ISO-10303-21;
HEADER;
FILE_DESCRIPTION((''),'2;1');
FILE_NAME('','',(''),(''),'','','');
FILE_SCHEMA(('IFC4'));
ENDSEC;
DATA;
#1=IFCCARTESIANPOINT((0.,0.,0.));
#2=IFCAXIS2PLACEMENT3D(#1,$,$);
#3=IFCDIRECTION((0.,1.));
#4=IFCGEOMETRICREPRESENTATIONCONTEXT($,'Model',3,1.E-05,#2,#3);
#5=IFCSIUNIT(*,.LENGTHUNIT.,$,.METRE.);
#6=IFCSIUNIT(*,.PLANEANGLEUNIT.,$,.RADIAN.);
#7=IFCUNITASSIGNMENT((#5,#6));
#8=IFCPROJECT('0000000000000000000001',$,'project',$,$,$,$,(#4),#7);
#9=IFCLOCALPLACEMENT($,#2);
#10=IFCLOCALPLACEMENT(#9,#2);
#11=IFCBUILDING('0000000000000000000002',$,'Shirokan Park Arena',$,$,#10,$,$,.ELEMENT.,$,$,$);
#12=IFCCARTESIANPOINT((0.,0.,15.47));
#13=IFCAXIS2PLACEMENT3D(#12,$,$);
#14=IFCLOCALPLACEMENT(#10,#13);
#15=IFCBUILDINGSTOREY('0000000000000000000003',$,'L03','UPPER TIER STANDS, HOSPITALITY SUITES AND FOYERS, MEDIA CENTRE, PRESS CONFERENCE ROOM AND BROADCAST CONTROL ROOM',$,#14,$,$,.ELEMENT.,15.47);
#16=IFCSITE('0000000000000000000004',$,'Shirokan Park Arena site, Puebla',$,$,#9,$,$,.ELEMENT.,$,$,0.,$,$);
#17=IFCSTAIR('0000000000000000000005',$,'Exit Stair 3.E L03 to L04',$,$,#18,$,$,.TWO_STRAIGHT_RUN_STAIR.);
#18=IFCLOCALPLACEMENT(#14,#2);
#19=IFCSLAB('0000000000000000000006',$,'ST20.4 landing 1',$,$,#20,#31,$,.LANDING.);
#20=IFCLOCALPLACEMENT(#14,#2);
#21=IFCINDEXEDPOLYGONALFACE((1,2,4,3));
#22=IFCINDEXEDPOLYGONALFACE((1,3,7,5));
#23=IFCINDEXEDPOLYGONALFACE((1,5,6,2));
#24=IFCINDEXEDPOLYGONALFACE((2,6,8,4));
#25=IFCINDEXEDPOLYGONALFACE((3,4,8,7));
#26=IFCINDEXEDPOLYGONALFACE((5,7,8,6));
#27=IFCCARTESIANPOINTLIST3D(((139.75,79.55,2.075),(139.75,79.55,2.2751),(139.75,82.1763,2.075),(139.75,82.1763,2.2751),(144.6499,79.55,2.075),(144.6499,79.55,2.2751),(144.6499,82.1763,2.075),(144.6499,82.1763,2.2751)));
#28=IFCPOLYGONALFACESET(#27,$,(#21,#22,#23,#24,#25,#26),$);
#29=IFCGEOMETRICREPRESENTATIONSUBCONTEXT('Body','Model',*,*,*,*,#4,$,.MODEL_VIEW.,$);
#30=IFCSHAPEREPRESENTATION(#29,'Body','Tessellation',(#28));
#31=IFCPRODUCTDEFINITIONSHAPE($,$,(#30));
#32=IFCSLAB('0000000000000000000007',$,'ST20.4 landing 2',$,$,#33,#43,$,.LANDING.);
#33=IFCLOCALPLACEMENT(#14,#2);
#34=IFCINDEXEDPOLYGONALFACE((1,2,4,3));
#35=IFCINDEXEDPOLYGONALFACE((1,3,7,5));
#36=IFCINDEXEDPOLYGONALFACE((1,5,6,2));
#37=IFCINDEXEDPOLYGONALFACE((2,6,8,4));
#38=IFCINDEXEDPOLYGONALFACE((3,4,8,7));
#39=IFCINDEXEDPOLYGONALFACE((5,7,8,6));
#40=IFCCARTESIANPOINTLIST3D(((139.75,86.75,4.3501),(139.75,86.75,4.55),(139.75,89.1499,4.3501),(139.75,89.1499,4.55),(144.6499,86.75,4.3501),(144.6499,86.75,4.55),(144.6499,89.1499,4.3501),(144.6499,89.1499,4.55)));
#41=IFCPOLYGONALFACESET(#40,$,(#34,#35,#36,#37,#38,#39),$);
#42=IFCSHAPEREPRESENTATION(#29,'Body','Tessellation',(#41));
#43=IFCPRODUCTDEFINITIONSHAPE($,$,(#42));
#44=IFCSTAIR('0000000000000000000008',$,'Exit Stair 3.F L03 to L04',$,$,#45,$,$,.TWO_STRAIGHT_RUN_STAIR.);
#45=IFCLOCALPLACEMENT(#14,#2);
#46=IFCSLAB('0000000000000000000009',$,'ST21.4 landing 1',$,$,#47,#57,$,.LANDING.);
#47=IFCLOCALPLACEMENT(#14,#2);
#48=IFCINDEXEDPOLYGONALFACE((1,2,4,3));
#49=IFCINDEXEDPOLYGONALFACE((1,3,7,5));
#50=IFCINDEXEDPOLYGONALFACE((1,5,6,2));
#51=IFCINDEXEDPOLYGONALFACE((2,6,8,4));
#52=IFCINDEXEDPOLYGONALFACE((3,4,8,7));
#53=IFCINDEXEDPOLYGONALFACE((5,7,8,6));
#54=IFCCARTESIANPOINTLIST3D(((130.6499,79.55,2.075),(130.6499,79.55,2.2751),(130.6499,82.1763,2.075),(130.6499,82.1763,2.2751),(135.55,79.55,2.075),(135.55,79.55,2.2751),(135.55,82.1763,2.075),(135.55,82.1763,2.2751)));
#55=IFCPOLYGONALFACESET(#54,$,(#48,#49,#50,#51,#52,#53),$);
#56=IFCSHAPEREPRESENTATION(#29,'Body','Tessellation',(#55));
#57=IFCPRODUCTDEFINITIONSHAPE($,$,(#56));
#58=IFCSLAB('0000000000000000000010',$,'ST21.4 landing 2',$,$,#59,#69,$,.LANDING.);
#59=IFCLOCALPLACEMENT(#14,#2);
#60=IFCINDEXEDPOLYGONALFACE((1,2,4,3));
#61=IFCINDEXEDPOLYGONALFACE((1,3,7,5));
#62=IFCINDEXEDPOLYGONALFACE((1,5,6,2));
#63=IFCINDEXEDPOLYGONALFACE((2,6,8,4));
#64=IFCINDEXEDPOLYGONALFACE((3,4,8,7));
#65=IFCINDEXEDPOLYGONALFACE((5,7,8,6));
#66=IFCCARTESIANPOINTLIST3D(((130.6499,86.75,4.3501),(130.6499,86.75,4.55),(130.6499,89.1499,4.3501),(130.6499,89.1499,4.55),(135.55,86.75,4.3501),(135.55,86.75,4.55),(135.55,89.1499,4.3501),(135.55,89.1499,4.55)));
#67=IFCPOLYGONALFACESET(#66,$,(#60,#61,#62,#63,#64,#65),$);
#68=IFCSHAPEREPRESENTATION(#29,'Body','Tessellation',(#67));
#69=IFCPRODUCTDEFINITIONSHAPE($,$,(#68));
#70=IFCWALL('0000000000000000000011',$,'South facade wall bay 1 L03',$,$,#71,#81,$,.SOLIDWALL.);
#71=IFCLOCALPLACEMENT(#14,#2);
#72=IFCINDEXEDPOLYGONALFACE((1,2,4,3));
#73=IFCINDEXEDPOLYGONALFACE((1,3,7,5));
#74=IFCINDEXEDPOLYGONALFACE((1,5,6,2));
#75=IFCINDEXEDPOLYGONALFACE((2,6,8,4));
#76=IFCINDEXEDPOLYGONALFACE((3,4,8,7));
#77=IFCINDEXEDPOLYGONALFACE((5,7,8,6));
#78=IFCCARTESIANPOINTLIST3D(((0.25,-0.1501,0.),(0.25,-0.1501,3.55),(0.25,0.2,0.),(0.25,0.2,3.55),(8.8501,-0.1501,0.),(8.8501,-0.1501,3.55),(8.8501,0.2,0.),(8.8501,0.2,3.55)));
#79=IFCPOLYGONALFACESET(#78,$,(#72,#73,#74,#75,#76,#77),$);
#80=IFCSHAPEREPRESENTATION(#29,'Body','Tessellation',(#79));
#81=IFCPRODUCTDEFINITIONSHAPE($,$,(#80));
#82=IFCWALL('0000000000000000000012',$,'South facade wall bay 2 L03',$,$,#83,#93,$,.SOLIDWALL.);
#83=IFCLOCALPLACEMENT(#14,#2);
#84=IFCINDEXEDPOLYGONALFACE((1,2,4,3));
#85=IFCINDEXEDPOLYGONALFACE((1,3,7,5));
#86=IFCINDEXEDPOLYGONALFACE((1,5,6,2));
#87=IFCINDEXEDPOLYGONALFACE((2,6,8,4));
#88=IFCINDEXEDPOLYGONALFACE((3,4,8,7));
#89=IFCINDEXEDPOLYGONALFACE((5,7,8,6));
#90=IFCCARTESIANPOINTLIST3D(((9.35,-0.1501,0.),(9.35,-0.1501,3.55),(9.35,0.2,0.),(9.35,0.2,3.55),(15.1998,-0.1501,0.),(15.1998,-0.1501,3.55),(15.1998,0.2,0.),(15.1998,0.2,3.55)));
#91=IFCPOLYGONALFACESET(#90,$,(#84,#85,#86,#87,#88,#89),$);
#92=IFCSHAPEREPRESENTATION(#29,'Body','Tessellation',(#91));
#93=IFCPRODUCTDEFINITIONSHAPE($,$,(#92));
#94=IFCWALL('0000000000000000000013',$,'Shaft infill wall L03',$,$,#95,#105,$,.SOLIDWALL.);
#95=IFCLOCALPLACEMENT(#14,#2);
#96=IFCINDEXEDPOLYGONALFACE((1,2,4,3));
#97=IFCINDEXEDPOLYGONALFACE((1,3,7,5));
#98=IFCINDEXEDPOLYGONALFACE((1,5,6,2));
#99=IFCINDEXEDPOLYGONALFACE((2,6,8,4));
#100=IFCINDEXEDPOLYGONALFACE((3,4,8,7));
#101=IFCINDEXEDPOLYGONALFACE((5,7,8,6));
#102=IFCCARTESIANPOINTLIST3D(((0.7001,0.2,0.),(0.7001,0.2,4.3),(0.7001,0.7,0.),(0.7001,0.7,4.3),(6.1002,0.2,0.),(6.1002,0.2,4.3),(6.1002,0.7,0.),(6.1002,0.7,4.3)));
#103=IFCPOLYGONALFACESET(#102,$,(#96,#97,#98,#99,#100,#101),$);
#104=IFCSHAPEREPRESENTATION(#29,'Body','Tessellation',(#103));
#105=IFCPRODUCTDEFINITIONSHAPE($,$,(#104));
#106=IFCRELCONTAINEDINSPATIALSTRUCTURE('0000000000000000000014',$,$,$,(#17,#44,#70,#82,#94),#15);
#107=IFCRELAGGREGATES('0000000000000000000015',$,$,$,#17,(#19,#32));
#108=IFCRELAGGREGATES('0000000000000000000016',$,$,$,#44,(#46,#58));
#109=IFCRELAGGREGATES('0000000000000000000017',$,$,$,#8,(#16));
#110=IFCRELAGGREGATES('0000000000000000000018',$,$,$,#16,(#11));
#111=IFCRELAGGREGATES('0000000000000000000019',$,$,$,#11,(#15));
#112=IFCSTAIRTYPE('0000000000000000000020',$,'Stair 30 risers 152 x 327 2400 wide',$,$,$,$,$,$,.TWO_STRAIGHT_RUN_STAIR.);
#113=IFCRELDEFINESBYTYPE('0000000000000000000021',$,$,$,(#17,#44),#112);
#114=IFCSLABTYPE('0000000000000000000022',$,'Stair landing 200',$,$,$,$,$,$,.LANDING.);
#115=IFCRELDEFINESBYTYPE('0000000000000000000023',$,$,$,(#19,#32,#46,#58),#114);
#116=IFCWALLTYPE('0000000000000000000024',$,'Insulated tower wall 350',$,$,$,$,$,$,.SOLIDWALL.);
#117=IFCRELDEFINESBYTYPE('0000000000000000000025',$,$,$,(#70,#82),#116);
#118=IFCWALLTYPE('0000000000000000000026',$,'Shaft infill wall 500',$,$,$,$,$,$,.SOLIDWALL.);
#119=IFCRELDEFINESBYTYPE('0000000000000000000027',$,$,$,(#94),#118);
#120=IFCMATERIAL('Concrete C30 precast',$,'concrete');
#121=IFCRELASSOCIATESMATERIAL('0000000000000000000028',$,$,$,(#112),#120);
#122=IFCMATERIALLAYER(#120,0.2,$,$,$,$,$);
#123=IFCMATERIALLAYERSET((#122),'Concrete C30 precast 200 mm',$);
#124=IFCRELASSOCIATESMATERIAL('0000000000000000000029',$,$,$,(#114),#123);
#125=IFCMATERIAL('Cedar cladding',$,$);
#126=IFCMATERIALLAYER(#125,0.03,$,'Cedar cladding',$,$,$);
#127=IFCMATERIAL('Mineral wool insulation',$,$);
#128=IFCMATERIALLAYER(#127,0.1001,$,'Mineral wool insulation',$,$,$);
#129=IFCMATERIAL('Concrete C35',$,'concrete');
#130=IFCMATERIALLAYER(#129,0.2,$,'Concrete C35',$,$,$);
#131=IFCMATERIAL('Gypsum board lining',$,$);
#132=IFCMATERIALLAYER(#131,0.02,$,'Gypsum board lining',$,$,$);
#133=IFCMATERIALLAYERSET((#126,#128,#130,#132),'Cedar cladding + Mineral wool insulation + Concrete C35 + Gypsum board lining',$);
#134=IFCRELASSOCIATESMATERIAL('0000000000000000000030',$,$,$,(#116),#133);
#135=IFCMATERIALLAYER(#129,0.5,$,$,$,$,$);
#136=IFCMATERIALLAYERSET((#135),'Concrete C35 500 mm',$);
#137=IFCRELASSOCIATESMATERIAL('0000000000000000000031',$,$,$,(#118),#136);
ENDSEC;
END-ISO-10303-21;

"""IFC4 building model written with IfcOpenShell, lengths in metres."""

from ifc_helpers import new_model, si_unit, direction, frame, frame_2d, origin, place, context, subcontext, project, spatial, polyline, rectangle, outline, extrude, material, layer, layer_set, type_object, element, aggregate, save


model = new_model("IFC4")

# Units and contexts
model_context = context("Model", 3, precision=1e-05, world=origin(), true_north=direction((0.0, 1.0)))
body_context = subcontext(model_context, "Body", "Model", "MODEL_VIEW")
ifc_project = project(units=[si_unit("LENGTHUNIT", "METRE"), si_unit("PLANEANGLEUNIT", "RADIAN")], contexts=[model_context])

# Site, building, storey
site_placement = place(None, origin())
site = spatial("IfcSite", under=ifc_project, at=site_placement, Name="Shirokan Park Arena site, Puebla", CompositionType="ELEMENT", RefElevation=0.0)
building_placement = place(site_placement, origin())
building = spatial("IfcBuilding", under=site, at=building_placement, Name="Shirokan Park Arena", CompositionType="ELEMENT")
storey_placement = place(building_placement, frame((0.0, 0.0, 15.47)))
storey = spatial("IfcBuildingStorey", under=building, at=storey_placement, Name="L03", Description="UPPER TIER STANDS, HOSPITALITY SUITES AND FOYERS, MEDIA CENTRE, PRESS CONFERENCE ROOM AND BROADCAST CONTROL ROOM", CompositionType="ELEMENT", Elevation=15.47)

# Shared definitions
ifc_material_1 = material(Name="Concrete C35", Category="concrete")

# Shared definitions
ifc_material_2 = material(Name="Concrete C30 precast", Category="concrete")
stair_type = type_object("IfcStairType", Name="Stair 30 risers 152 x 327 2400 wide", PredefinedType="TWO_STRAIGHT_RUN_STAIR", material=ifc_material_2)
ifc_layer_1 = layer(ifc_material_2, 0.2)
ifc_layer_set_1 = layer_set([ifc_layer_1], Name="Concrete C30 precast 200 mm")
slab_type = type_object("IfcSlabType", Name="Stair landing 200", PredefinedType="LANDING", material=ifc_layer_set_1)

# Stairs, slabs
stair_1_placement = place(storey_placement, origin())
stair_1 = element("IfcStair", 1, at=stair_1_placement, inside=storey, type_object=stair_type, Name="Exit Stair 3.E L03 to L04", PredefinedType="TWO_STRAIGHT_RUN_STAIR")
slab_1_placement = place(storey_placement, frame((0.0, 0.0, 2.075)))
slab_1 = element("IfcSlab", 2, at=slab_1_placement, type_object=slab_type, Name="ST20.4 landing 1", PredefinedType="LANDING", context=body_context, shape_type="SweptSolid", body=[
    extrude(outline(polyline([(139.75, 79.55), (144.6499, 79.55), (144.6499, 82.1763), (139.75, 82.1763), (139.75, 79.55)])), origin(), (0.0, 0.0, 1.0), 0.2002),
])
slab_2_placement = place(storey_placement, frame((0.0, 0.0, 4.3501)))
slab_2 = element("IfcSlab", 3, at=slab_2_placement, type_object=slab_type, Name="ST20.4 landing 2", PredefinedType="LANDING", context=body_context, shape_type="SweptSolid", body=[
    extrude(outline(polyline([(139.75, 86.75), (144.6499, 86.75), (144.6499, 89.1499), (139.75, 89.1499), (139.75, 86.75)])), origin(), (0.0, 0.0, 1.0), 0.2),
])
aggregate(stair_1, [slab_1, slab_2])
stair_2_placement = place(storey_placement, origin())
stair_2 = element("IfcStair", 4, at=stair_2_placement, inside=storey, type_object=stair_type, Name="Exit Stair 3.F L03 to L04", PredefinedType="TWO_STRAIGHT_RUN_STAIR")
slab_3_placement = place(storey_placement, frame((0.0, 0.0, 2.075)))
slab_3 = element("IfcSlab", 5, at=slab_3_placement, type_object=slab_type, Name="ST21.4 landing 1", PredefinedType="LANDING", context=body_context, shape_type="SweptSolid", body=[
    extrude(outline(polyline([(130.6499, 79.55), (135.55, 79.55), (135.55, 82.1763), (130.6499, 82.1763), (130.6499, 79.55)])), origin(), (0.0, 0.0, 1.0), 0.2002),
])
slab_4_placement = place(storey_placement, frame((0.0, 0.0, 4.3501)))
slab_4 = element("IfcSlab", 6, at=slab_4_placement, type_object=slab_type, Name="ST21.4 landing 2", PredefinedType="LANDING", context=body_context, shape_type="SweptSolid", body=[
    extrude(outline(polyline([(130.6499, 86.75), (135.55, 86.75), (135.55, 89.1499), (130.6499, 89.1499), (130.6499, 86.75)])), origin(), (0.0, 0.0, 1.0), 0.2),
])
aggregate(stair_2, [slab_3, slab_4])

# Walls
ifc_material_3 = material(Name="Cedar cladding")
ifc_layer_2 = layer(ifc_material_3, 0.03, Name="Cedar cladding")
ifc_material_4 = material(Name="Mineral wool insulation")
ifc_layer_3 = layer(ifc_material_4, 0.1001, Name="Mineral wool insulation")
ifc_layer_4 = layer(ifc_material_1, 0.2, Name="Concrete C35")
ifc_material_5 = material(Name="Gypsum board lining")
ifc_layer_5 = layer(ifc_material_5, 0.02, Name="Gypsum board lining")
ifc_layer_set_2 = layer_set([ifc_layer_2, ifc_layer_3, ifc_layer_4, ifc_layer_5], Name="Cedar cladding + Mineral wool insulation + Concrete C35 + Gypsum board lining")
wall_type_1 = type_object("IfcWallType", Name="Insulated tower wall 350", PredefinedType="SOLIDWALL", material=ifc_layer_set_2)
wall_1_placement = place(storey_placement, frame((0.25, 0.0249, 0.0), z_axis=(0.0, 0.0, 1.0), x_axis=(1.0, 0.0, 0.0)))
element("IfcWall", 7, at=wall_1_placement, inside=storey, type_object=wall_type_1, Name="South facade wall bay 1 L03", PredefinedType="SOLIDWALL", context=body_context, shape_type="SweptSolid", body=[
    extrude(rectangle(XDim=8.6001, YDim=0.3501, at=frame_2d((4.3, 0.0))), origin(), (0.0, 0.0, 1.0), 3.55),
])
wall_2_placement = place(storey_placement, frame((9.3501, 0.0249, 0.0), z_axis=(0.0, 0.0, 1.0), x_axis=(1.0, 0.0, 0.0)))
element("IfcWall", 8, at=wall_2_placement, inside=storey, type_object=wall_type_1, Name="South facade wall bay 2 L03", PredefinedType="SOLIDWALL", context=body_context, shape_type="SweptSolid", body=[
    extrude(rectangle(XDim=5.8499, YDim=0.3501, at=frame_2d((2.9248, 0.0))), origin(), (0.0, 0.0, 1.0), 3.55),
])
ifc_layer_6 = layer(ifc_material_1, 0.5)
ifc_layer_set_3 = layer_set([ifc_layer_6], Name="Concrete C35 500 mm")
wall_type_2 = type_object("IfcWallType", Name="Shaft infill wall 500", PredefinedType="SOLIDWALL", material=ifc_layer_set_3)
wall_3_placement = place(storey_placement, frame((0.7, 0.45, 0.0), z_axis=(0.0, 0.0, 1.0), x_axis=(1.0, 0.0, 0.0)))
element("IfcWall", 9, at=wall_3_placement, inside=storey, type_object=wall_type_2, Name="Shaft infill wall L03", PredefinedType="SOLIDWALL", context=body_context, shape_type="SweptSolid", body=[
    extrude(rectangle(XDim=5.4001, YDim=0.5, at=frame_2d((2.7002, 0.0))), origin(), (0.0, 0.0, 1.0), 4.3),
])

save(model, "model.ifc")
